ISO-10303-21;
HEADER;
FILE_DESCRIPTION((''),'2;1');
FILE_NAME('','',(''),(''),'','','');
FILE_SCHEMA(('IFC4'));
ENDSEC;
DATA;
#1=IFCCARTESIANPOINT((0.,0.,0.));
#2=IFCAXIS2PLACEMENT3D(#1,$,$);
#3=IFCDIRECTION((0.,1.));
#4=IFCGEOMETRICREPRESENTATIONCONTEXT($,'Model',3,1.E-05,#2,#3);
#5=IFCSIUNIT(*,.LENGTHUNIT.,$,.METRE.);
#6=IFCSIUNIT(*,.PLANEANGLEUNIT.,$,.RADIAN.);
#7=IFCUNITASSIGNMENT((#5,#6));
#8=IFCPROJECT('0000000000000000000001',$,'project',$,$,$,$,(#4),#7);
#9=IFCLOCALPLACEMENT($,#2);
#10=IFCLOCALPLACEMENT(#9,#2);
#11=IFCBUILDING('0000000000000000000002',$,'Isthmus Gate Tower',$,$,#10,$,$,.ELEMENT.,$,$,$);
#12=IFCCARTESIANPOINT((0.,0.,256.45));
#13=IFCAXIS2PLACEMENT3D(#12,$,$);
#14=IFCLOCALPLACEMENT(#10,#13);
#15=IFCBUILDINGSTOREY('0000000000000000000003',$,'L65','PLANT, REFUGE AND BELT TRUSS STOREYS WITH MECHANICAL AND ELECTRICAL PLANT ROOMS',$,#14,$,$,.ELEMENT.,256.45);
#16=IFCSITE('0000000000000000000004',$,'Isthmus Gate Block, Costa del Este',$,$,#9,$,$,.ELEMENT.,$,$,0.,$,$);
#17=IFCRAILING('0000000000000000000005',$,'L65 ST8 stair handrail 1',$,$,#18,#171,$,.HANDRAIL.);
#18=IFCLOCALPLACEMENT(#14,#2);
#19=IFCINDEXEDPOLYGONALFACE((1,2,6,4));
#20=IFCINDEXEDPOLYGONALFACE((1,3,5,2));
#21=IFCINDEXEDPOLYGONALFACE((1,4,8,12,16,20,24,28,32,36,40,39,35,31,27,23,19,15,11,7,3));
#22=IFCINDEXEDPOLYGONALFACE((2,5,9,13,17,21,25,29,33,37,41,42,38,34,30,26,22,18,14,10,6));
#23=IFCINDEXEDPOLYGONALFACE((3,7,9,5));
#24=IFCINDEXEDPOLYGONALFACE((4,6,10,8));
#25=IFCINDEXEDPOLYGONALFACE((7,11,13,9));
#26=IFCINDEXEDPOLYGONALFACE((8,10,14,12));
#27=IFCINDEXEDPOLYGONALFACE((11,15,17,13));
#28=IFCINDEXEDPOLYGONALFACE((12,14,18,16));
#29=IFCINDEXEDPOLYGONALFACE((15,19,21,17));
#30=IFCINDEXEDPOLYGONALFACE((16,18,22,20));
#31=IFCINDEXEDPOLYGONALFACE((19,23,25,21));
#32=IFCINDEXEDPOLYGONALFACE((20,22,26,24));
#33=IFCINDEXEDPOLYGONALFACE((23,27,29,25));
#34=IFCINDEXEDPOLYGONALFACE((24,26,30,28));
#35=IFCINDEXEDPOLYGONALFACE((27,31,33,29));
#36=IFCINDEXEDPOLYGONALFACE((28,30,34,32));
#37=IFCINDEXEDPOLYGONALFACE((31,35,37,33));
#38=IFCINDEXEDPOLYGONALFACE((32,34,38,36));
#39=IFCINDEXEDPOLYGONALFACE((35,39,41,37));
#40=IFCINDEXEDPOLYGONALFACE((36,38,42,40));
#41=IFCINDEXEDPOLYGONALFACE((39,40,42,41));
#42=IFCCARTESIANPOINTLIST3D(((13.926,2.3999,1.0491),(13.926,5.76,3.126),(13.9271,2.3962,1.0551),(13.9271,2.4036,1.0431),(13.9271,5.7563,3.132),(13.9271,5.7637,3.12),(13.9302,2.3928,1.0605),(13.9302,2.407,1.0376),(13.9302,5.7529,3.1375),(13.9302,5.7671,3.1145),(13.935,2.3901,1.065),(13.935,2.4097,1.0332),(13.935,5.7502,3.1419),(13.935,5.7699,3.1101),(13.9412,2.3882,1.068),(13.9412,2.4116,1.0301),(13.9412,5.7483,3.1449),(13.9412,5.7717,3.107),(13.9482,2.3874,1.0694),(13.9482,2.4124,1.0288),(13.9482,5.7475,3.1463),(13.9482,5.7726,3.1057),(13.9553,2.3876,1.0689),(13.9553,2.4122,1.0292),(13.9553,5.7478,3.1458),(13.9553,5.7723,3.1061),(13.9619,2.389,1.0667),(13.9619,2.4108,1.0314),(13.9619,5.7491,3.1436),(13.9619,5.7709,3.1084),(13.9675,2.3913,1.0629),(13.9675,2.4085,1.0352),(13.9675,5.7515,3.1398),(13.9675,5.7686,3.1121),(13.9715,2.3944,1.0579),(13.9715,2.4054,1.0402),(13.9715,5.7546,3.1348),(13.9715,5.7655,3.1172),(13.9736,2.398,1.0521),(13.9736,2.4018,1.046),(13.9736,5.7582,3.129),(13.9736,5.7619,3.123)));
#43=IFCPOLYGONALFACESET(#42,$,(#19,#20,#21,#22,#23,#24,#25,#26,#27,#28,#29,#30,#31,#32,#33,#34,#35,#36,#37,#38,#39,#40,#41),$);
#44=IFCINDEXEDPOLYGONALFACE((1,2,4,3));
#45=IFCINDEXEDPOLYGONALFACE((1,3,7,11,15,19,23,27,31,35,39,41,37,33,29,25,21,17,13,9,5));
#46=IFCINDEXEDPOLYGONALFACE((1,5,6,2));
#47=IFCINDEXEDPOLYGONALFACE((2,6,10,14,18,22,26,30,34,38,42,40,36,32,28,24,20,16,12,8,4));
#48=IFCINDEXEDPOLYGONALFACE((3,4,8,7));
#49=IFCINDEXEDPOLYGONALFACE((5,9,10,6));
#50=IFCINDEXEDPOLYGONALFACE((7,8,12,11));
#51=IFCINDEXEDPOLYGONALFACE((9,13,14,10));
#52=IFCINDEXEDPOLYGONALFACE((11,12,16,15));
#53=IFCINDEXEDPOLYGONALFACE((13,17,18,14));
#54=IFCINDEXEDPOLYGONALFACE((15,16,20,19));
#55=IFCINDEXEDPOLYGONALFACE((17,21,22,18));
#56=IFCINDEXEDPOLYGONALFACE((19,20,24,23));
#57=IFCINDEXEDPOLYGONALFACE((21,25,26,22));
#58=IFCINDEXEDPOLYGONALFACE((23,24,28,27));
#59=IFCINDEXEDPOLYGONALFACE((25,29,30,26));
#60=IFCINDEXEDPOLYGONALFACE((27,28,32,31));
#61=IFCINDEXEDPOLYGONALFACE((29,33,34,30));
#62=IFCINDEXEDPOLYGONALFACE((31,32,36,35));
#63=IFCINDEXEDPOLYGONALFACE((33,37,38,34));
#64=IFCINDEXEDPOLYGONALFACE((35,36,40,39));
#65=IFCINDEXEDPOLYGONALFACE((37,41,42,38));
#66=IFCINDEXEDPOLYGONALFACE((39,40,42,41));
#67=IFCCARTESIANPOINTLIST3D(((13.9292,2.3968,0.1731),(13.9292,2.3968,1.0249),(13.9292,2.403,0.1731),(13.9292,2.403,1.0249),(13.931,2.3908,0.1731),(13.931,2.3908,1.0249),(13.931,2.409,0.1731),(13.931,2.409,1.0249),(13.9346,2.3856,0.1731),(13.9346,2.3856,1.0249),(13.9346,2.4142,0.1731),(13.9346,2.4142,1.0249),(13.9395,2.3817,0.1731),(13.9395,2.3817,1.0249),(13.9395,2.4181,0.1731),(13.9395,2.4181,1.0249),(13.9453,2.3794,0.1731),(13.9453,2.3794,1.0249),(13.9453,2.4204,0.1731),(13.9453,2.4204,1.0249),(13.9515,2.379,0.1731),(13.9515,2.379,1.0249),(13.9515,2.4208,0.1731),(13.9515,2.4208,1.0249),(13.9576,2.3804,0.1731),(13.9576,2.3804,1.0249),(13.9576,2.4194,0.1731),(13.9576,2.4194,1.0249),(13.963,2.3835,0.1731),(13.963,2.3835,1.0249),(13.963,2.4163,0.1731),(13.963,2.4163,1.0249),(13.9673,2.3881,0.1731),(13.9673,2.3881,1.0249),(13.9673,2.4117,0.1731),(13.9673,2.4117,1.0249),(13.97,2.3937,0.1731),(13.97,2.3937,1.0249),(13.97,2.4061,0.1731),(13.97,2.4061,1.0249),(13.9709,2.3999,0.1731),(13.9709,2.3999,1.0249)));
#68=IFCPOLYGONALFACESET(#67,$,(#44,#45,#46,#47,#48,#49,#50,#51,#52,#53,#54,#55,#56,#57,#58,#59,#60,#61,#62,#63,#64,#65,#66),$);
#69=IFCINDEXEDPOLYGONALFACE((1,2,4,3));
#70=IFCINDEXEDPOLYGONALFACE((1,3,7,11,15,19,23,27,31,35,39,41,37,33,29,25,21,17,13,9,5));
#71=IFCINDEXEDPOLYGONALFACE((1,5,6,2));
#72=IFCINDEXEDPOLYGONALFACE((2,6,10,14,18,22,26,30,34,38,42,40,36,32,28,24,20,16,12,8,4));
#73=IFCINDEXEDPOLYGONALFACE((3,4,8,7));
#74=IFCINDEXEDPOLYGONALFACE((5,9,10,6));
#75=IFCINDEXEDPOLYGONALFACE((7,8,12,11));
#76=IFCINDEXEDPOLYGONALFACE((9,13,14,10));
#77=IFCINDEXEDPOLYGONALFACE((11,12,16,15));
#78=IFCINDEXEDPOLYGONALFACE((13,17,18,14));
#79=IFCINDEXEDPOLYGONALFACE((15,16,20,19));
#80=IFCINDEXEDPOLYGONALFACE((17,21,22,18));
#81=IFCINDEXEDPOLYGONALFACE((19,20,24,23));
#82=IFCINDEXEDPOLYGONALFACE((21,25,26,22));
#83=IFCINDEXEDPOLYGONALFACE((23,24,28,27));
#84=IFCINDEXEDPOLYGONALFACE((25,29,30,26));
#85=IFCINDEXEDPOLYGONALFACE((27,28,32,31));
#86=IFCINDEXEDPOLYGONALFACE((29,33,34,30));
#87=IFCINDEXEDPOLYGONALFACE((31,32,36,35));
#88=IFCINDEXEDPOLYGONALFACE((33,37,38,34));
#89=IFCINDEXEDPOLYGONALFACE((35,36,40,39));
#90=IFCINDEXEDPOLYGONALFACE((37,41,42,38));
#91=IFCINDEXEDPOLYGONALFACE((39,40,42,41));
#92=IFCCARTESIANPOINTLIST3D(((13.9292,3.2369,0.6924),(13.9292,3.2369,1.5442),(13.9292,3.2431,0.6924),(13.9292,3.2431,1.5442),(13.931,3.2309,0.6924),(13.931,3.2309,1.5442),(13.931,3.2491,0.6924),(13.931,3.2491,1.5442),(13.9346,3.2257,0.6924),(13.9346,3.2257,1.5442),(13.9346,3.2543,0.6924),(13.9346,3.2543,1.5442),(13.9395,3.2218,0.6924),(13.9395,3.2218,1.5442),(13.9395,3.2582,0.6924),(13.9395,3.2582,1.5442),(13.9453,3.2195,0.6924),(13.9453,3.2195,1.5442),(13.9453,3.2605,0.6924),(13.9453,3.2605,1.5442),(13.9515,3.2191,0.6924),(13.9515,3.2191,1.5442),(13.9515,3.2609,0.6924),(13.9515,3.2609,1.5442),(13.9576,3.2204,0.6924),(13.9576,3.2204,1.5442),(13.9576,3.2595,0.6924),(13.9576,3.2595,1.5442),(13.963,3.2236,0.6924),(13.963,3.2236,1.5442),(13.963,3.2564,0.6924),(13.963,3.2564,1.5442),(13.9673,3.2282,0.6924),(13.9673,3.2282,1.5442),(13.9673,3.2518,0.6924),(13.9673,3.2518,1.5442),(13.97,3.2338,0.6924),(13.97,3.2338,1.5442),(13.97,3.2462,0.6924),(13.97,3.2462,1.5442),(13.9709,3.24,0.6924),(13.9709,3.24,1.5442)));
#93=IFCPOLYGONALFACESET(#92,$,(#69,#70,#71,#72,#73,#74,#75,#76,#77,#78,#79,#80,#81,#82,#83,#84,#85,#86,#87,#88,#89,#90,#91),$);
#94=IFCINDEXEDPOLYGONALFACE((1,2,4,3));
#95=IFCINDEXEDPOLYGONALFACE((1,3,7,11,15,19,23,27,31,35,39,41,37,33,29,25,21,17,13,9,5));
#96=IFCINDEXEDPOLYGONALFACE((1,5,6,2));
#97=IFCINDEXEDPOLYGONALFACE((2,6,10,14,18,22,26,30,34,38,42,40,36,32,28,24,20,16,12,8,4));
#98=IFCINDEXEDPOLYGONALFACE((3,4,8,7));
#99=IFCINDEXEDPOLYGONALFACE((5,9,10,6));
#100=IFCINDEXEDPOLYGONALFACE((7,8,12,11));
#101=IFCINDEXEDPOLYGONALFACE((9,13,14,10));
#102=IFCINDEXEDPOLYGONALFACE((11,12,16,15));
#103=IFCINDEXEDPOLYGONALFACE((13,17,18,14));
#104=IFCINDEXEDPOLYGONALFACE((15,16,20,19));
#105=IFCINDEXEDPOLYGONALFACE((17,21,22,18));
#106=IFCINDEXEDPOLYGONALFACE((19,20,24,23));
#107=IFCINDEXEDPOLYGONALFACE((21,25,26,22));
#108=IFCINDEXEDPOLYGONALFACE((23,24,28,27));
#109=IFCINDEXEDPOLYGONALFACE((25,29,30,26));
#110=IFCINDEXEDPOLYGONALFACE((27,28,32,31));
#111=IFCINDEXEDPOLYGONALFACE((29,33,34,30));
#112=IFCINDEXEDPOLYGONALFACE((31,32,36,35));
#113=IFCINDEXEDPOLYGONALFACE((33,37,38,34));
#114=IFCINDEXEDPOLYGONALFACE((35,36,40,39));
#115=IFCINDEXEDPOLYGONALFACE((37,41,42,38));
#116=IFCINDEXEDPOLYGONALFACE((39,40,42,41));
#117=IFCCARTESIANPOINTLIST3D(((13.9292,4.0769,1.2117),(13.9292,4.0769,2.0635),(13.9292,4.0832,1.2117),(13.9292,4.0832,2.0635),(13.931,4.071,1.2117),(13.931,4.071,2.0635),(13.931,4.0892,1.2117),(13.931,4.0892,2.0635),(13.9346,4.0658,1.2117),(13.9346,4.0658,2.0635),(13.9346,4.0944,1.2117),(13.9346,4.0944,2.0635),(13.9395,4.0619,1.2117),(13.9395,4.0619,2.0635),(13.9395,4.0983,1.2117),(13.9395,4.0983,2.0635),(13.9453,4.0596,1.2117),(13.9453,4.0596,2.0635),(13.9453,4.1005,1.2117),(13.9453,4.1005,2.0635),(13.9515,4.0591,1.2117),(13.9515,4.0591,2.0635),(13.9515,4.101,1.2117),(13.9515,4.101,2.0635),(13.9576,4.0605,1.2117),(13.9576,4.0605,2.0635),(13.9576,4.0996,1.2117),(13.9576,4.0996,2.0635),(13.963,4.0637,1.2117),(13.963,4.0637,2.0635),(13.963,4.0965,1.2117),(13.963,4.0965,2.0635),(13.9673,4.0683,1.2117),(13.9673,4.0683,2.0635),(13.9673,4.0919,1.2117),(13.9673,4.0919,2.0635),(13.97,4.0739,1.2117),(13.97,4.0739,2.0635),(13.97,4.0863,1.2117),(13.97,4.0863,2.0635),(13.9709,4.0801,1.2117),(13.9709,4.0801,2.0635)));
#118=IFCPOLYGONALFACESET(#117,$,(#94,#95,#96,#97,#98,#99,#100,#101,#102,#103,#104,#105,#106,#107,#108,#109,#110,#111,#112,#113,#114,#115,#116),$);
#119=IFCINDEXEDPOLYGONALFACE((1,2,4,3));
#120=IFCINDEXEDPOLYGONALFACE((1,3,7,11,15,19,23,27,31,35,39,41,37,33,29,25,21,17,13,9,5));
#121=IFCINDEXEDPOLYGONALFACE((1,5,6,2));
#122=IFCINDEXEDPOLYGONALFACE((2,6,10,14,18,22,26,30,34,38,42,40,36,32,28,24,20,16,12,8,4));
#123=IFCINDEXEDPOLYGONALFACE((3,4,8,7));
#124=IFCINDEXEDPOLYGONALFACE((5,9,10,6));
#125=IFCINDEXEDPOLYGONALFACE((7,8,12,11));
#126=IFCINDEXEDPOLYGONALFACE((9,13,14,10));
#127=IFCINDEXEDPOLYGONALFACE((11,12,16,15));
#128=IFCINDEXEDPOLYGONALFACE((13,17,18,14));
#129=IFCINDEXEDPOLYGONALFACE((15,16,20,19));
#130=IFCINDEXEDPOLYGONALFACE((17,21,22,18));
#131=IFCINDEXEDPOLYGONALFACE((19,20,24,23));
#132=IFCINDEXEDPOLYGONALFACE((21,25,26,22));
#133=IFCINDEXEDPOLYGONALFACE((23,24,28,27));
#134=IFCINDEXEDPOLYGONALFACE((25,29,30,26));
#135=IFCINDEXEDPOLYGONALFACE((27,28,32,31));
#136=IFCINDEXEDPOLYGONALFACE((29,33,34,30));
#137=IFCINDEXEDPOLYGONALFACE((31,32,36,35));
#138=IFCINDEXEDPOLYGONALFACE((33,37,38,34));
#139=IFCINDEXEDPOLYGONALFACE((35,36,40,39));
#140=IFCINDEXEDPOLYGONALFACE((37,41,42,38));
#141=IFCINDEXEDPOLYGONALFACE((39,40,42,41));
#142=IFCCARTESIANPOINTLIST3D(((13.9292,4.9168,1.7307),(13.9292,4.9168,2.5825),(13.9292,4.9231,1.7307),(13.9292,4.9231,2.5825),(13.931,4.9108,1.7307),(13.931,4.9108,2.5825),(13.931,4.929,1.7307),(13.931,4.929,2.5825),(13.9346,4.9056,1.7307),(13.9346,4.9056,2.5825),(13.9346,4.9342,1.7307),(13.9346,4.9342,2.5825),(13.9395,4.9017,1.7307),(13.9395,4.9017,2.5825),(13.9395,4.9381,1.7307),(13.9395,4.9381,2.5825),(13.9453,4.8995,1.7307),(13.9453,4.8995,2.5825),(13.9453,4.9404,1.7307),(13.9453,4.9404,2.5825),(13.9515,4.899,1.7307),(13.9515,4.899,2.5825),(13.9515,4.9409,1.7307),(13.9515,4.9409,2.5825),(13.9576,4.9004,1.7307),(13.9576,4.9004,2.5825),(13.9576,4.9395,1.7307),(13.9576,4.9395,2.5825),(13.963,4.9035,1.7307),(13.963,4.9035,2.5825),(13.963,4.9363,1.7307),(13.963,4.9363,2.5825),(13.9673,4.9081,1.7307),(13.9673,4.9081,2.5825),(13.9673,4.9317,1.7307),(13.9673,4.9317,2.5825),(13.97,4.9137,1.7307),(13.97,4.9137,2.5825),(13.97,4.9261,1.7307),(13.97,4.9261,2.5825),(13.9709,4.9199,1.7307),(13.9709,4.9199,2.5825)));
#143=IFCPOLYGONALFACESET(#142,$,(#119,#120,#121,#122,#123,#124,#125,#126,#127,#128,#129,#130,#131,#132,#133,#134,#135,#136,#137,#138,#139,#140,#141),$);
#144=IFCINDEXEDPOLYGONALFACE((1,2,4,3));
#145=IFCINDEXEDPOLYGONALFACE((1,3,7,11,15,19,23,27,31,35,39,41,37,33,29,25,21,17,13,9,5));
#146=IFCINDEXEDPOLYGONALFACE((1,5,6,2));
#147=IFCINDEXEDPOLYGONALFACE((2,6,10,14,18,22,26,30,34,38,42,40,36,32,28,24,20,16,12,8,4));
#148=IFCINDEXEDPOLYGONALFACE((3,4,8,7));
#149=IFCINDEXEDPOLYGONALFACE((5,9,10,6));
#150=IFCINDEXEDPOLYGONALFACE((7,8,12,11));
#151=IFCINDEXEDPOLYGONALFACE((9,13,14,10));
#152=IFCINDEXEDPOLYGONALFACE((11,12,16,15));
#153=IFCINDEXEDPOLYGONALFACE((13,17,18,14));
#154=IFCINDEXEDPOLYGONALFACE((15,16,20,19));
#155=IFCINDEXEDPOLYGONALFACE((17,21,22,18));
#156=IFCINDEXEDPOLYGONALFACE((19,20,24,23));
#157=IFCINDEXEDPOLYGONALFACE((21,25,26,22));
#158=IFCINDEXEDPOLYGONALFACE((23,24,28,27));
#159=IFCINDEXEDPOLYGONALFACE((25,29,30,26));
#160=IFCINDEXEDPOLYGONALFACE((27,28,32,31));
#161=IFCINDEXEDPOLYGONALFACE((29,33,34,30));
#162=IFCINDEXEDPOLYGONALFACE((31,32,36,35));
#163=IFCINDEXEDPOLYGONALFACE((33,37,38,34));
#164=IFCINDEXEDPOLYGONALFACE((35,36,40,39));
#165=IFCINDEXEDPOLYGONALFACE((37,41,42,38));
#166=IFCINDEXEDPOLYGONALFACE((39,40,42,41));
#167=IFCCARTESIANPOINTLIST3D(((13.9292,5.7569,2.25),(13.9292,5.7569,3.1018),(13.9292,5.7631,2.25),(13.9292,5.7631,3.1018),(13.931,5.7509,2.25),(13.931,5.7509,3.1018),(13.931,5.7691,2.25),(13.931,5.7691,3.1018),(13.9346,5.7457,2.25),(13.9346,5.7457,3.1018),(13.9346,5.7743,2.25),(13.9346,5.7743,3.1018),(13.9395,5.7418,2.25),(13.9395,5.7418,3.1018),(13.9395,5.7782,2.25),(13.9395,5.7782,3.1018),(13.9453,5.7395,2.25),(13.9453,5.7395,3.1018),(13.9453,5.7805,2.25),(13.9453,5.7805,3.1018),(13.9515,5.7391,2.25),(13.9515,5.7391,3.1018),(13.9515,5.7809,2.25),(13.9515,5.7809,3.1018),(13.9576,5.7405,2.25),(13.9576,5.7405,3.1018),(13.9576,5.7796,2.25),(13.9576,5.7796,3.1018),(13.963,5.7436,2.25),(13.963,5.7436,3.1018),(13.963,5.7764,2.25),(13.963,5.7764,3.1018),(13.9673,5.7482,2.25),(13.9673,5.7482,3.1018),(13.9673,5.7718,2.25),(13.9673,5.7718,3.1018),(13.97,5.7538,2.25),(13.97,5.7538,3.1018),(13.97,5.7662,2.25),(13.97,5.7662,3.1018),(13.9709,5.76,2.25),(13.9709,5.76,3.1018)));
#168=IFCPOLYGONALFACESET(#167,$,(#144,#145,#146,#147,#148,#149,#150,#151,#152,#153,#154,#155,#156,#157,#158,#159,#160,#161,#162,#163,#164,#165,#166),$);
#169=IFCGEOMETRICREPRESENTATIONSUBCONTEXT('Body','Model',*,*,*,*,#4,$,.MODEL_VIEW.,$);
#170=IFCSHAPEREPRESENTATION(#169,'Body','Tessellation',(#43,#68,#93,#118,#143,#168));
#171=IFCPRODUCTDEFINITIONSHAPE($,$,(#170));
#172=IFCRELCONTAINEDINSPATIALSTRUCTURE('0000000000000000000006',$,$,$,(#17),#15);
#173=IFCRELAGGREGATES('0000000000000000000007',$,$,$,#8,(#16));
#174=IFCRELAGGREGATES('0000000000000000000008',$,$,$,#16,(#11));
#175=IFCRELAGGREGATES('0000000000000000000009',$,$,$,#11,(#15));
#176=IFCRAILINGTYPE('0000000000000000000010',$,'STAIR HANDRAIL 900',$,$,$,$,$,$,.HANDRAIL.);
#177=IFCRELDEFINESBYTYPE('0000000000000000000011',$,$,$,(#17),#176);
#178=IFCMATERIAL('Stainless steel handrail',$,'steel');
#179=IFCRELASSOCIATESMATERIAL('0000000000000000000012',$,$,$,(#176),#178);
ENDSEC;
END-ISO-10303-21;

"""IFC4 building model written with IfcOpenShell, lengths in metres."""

from ifc_helpers import new_model, si_unit, direction, frame, origin, origin_2d, place, context, subcontext, project, spatial, circle, extrude, material, type_object, element, save


model = new_model("IFC4")

# Units and contexts
model_context = context("Model", 3, precision=1e-05, world=origin(), true_north=direction((0.0, 1.0)))
body_context = subcontext(model_context, "Body", "Model", "MODEL_VIEW")
ifc_project = project(units=[si_unit("LENGTHUNIT", "METRE"), si_unit("PLANEANGLEUNIT", "RADIAN")], contexts=[model_context])

# Site, building, storey
site_placement = place(None, origin())
site = spatial("IfcSite", under=ifc_project, at=site_placement, Name="Isthmus Gate Block, Costa del Este", CompositionType="ELEMENT", RefElevation=0.0)
building_placement = place(site_placement, origin())
building = spatial("IfcBuilding", under=site, at=building_placement, Name="Isthmus Gate Tower", CompositionType="ELEMENT")
storey_placement = place(building_placement, frame((0.0, 0.0, 256.45)))
storey = spatial("IfcBuildingStorey", under=building, at=storey_placement, Name="L65", Description="PLANT, REFUGE AND BELT TRUSS STOREYS WITH MECHANICAL AND ELECTRICAL PLANT ROOMS", CompositionType="ELEMENT", Elevation=256.45)

# Railing
ifc_material_1 = material(Name="Stainless steel handrail", Category="steel")
railing_type_1 = type_object("IfcRailingType", Name="STAIR HANDRAIL 900", PredefinedType="HANDRAIL", material=ifc_material_1)
for number, where, name in (
    (1, (13.95, 2.3999, 0.1731), "L65 ST8 stair handrail 1"),
):
    element("IfcRailing", number, at=place(storey_placement, frame(where)), inside=storey, type_object=railing_type_1, Name=name, PredefinedType="HANDRAIL", context=body_context, shape_type="SweptSolid", body=[
        extrude(circle(Radius=0.0239, at=origin_2d()), frame((0.0, 0.0, 0.876), z_axis=(0.0, 0.850623, 0.525776), x_axis=(-1.0, 0.0, 0.0)), (0.0, 0.0, 1.0), 3.9502),
        extrude(circle(Radius=0.021, at=origin_2d()), origin(), (0.0, 0.0, 1.0), 0.8518),
        extrude(circle(Radius=0.021, at=origin_2d()), frame((0.0, 0.8401, 0.5193)), (0.0, 0.0, 1.0), 0.8518),
        extrude(circle(Radius=0.021, at=origin_2d()), frame((0.0, 1.6802, 1.0386)), (0.0, 0.0, 1.0), 0.8518),
        extrude(circle(Radius=0.021, at=origin_2d()), frame((0.0, 2.52, 1.5576)), (0.0, 0.0, 1.0), 0.8518),
        extrude(circle(Radius=0.021, at=origin_2d()), frame((0.0, 3.3601, 2.0769)), (0.0, 0.0, 1.0), 0.8518),
    ])

save(model, "model.ifc")
